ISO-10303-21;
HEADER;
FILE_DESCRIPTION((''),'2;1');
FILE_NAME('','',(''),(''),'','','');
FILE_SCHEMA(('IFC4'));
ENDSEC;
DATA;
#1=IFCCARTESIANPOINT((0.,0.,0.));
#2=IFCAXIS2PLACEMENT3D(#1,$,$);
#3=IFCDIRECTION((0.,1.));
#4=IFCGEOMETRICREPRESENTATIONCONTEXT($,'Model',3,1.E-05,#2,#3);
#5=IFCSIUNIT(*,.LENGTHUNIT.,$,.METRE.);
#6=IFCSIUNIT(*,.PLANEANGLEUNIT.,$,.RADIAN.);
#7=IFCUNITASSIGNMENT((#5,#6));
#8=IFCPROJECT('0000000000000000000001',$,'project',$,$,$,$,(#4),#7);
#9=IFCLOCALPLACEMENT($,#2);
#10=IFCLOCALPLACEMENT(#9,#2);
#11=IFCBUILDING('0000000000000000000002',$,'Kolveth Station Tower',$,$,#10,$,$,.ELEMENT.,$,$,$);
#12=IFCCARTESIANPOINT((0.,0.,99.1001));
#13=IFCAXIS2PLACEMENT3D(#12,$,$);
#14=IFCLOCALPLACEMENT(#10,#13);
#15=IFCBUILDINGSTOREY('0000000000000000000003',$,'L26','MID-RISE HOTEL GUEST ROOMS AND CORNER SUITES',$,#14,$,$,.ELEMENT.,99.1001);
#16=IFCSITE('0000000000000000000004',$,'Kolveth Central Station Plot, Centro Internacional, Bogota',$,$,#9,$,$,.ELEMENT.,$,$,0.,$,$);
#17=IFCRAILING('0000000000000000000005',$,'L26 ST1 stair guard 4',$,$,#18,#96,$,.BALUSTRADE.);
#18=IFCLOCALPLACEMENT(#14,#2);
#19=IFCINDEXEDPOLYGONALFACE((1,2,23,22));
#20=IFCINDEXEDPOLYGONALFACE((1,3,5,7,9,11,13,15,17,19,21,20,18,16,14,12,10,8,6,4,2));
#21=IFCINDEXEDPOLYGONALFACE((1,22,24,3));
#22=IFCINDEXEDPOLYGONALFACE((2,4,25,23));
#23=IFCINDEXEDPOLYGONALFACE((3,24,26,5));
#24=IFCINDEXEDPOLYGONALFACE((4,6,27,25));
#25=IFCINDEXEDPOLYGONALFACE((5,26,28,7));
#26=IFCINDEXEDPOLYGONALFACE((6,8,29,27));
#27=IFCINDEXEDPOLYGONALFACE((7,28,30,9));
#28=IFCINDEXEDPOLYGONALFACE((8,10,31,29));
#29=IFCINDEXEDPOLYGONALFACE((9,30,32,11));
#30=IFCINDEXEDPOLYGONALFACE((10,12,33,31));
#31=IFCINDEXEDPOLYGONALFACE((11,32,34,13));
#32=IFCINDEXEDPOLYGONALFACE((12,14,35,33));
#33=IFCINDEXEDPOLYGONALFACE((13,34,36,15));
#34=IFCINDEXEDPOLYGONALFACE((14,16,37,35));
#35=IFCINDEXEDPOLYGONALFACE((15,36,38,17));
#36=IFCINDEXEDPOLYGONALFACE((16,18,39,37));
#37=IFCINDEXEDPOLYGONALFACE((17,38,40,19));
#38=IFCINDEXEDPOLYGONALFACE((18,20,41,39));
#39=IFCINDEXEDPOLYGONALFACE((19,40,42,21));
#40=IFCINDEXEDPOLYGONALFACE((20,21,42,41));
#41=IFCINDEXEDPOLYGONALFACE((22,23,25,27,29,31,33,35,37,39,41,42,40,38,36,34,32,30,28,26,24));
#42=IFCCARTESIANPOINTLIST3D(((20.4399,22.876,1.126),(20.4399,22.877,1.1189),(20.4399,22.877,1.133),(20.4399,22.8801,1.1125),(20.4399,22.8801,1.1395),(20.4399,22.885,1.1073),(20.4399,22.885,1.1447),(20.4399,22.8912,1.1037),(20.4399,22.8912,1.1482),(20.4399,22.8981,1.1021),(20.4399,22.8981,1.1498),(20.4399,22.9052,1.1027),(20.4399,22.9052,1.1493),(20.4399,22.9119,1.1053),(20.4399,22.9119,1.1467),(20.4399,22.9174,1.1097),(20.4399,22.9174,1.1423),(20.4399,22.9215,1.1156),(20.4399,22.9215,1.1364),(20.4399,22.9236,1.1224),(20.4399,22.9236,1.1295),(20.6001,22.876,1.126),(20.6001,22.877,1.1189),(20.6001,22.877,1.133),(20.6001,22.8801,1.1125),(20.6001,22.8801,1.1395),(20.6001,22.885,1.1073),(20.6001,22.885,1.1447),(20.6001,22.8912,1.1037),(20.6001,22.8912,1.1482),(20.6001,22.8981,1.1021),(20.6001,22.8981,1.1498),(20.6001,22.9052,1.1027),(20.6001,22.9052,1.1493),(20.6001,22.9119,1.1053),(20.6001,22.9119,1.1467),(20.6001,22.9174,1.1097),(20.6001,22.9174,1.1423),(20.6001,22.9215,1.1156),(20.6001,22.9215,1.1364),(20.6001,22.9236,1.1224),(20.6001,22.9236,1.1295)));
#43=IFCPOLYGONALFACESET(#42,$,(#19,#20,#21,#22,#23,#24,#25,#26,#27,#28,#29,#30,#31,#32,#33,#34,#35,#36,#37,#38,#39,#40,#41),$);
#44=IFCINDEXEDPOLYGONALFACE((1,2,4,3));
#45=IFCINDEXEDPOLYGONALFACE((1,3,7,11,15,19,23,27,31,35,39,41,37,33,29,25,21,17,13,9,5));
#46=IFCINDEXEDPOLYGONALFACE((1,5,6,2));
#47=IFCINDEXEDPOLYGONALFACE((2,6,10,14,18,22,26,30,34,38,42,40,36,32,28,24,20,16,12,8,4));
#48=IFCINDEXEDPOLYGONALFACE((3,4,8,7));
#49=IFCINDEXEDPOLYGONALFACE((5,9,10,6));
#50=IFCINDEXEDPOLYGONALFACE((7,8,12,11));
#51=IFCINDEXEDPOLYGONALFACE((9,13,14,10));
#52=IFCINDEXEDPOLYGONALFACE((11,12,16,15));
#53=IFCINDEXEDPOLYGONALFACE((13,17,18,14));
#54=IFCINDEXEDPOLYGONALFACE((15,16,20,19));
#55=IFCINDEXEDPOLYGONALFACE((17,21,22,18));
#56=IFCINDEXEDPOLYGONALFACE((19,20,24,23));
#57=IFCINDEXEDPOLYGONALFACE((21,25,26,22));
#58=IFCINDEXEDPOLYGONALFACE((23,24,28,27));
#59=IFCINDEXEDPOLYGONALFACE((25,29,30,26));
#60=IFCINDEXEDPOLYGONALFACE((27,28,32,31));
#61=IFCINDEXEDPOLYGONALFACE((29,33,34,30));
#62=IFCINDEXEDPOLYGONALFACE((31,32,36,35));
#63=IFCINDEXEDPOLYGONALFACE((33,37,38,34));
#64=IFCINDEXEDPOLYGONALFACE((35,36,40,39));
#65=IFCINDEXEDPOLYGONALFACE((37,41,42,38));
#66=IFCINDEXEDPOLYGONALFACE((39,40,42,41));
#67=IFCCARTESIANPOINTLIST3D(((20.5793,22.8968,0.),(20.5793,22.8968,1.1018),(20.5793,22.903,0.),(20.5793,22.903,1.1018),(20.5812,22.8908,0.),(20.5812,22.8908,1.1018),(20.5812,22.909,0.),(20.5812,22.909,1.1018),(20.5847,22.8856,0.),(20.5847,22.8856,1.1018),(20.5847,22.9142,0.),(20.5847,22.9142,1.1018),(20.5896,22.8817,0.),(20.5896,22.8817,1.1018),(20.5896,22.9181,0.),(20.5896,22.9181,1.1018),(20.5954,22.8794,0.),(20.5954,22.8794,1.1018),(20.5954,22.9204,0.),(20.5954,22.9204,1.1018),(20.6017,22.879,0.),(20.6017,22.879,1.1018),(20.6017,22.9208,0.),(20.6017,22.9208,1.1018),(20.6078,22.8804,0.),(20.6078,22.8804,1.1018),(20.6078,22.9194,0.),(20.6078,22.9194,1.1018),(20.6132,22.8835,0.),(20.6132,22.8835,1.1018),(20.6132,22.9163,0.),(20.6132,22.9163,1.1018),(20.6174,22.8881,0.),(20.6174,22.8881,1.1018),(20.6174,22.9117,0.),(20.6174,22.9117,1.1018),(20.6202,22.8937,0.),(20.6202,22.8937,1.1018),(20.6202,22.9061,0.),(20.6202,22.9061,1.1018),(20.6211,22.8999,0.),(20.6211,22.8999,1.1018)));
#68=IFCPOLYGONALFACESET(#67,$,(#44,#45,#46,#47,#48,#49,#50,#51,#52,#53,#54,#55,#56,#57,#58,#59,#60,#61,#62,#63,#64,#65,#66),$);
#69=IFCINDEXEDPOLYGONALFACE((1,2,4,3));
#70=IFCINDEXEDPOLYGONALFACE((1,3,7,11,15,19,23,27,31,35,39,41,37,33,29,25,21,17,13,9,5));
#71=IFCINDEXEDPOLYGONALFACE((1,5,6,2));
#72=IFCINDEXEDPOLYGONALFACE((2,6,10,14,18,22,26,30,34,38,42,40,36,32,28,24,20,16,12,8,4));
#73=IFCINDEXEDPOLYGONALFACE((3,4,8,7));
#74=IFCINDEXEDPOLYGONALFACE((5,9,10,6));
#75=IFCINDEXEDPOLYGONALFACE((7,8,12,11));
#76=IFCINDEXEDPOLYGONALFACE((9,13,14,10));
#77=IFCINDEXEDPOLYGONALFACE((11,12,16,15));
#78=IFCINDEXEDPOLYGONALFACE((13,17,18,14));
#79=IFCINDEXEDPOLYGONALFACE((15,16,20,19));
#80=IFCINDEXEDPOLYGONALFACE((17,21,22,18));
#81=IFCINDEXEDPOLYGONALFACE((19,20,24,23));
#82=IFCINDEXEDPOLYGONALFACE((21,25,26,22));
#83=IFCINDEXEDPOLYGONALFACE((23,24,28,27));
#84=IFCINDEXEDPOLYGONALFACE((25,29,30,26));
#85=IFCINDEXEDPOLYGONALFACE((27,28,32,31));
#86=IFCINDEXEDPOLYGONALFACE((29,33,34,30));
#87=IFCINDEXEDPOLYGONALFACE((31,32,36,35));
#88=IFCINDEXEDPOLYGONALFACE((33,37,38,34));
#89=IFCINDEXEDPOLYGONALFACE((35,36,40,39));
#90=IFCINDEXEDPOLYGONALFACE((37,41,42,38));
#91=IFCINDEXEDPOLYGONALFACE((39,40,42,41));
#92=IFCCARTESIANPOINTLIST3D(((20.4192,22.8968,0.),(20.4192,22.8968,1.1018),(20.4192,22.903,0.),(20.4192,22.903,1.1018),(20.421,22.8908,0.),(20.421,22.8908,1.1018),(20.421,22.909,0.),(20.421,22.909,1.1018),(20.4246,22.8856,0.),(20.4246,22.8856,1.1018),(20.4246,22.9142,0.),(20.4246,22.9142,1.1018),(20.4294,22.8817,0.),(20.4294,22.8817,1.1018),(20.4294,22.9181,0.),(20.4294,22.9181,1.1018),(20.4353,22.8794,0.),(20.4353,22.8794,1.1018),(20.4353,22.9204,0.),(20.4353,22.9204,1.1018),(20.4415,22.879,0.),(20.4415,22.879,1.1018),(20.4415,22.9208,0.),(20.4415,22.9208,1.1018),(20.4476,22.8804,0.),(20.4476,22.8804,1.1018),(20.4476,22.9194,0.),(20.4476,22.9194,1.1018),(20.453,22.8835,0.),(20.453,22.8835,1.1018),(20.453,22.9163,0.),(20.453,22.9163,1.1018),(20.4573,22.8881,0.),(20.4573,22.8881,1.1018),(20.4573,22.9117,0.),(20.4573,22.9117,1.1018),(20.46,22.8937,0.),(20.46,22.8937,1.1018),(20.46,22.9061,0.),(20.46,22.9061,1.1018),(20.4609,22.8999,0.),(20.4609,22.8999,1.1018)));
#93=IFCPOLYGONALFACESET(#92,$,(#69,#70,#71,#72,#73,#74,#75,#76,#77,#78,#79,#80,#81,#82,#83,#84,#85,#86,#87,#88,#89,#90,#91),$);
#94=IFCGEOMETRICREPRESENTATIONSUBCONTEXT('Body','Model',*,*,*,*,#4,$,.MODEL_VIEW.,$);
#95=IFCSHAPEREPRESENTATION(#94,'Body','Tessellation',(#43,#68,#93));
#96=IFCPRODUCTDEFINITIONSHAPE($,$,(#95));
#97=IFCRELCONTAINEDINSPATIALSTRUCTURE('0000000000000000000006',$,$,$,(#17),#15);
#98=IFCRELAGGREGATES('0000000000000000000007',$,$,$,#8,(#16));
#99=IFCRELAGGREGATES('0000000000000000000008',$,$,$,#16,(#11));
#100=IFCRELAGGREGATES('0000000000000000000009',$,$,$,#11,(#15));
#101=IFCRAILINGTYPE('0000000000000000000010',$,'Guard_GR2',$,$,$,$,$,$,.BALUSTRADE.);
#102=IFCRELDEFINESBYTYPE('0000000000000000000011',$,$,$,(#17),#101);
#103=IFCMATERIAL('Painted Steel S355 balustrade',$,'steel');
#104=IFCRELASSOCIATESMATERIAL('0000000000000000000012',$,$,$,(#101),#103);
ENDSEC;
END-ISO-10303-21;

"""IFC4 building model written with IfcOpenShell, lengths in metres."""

from ifc_helpers import new_model, si_unit, direction, frame, origin, origin_2d, place, context, subcontext, project, spatial, circle, extrude, material, type_object, element, save


model = new_model("IFC4")

# Units and contexts
model_context = context("Model", 3, precision=1e-05, world=origin(), true_north=direction((0.0, 1.0)))
body_context = subcontext(model_context, "Body", "Model", "MODEL_VIEW")
ifc_project = project(units=[si_unit("LENGTHUNIT", "METRE"), si_unit("PLANEANGLEUNIT", "RADIAN")], contexts=[model_context])

# Site, building, storey
site_placement = place(None, origin())
site = spatial("IfcSite", under=ifc_project, at=site_placement, Name="Kolveth Central Station Plot, Centro Internacional, Bogota", CompositionType="ELEMENT", RefElevation=0.0)
building_placement = place(site_placement, origin())
building = spatial("IfcBuilding", under=site, at=building_placement, Name="Kolveth Station Tower", CompositionType="ELEMENT")
storey_placement = place(building_placement, frame((0.0, 0.0, 99.1001)))
storey = spatial("IfcBuildingStorey", under=building, at=storey_placement, Name="L26", Description="MID-RISE HOTEL GUEST ROOMS AND CORNER SUITES", CompositionType="ELEMENT", Elevation=99.1001)

# Railing
ifc_material_1 = material(Name="Painted Steel S355 balustrade", Category="steel")
railing_type_1 = type_object("IfcRailingType", Name="Guard_GR2", PredefinedType="BALUSTRADE", material=ifc_material_1)
railing_1_placement = place(storey_placement, frame((20.6001, 22.8999, 0.0)))
element("IfcRailing", 1, at=railing_1_placement, inside=storey, type_object=railing_type_1, Name="L26 ST1 stair guard 4", PredefinedType="BALUSTRADE", context=body_context, shape_type="SweptSolid", body=[
    extrude(circle(Radius=0.0239, at=origin_2d()), frame((0.0, 0.0, 1.126), z_axis=(-1.0, 0.0, 0.0), x_axis=(0.0, -1.0, 0.0)), (0.0, 0.0, 1.0), 0.1602),
    extrude(circle(Radius=0.021, at=origin_2d()), origin(), (0.0, 0.0, 1.0), 1.1018),
    extrude(circle(Radius=0.021, at=origin_2d()), frame((-0.1602, 0.0, 0.0)), (0.0, 0.0, 1.0), 1.1018),
])

save(model, "model.ifc")
